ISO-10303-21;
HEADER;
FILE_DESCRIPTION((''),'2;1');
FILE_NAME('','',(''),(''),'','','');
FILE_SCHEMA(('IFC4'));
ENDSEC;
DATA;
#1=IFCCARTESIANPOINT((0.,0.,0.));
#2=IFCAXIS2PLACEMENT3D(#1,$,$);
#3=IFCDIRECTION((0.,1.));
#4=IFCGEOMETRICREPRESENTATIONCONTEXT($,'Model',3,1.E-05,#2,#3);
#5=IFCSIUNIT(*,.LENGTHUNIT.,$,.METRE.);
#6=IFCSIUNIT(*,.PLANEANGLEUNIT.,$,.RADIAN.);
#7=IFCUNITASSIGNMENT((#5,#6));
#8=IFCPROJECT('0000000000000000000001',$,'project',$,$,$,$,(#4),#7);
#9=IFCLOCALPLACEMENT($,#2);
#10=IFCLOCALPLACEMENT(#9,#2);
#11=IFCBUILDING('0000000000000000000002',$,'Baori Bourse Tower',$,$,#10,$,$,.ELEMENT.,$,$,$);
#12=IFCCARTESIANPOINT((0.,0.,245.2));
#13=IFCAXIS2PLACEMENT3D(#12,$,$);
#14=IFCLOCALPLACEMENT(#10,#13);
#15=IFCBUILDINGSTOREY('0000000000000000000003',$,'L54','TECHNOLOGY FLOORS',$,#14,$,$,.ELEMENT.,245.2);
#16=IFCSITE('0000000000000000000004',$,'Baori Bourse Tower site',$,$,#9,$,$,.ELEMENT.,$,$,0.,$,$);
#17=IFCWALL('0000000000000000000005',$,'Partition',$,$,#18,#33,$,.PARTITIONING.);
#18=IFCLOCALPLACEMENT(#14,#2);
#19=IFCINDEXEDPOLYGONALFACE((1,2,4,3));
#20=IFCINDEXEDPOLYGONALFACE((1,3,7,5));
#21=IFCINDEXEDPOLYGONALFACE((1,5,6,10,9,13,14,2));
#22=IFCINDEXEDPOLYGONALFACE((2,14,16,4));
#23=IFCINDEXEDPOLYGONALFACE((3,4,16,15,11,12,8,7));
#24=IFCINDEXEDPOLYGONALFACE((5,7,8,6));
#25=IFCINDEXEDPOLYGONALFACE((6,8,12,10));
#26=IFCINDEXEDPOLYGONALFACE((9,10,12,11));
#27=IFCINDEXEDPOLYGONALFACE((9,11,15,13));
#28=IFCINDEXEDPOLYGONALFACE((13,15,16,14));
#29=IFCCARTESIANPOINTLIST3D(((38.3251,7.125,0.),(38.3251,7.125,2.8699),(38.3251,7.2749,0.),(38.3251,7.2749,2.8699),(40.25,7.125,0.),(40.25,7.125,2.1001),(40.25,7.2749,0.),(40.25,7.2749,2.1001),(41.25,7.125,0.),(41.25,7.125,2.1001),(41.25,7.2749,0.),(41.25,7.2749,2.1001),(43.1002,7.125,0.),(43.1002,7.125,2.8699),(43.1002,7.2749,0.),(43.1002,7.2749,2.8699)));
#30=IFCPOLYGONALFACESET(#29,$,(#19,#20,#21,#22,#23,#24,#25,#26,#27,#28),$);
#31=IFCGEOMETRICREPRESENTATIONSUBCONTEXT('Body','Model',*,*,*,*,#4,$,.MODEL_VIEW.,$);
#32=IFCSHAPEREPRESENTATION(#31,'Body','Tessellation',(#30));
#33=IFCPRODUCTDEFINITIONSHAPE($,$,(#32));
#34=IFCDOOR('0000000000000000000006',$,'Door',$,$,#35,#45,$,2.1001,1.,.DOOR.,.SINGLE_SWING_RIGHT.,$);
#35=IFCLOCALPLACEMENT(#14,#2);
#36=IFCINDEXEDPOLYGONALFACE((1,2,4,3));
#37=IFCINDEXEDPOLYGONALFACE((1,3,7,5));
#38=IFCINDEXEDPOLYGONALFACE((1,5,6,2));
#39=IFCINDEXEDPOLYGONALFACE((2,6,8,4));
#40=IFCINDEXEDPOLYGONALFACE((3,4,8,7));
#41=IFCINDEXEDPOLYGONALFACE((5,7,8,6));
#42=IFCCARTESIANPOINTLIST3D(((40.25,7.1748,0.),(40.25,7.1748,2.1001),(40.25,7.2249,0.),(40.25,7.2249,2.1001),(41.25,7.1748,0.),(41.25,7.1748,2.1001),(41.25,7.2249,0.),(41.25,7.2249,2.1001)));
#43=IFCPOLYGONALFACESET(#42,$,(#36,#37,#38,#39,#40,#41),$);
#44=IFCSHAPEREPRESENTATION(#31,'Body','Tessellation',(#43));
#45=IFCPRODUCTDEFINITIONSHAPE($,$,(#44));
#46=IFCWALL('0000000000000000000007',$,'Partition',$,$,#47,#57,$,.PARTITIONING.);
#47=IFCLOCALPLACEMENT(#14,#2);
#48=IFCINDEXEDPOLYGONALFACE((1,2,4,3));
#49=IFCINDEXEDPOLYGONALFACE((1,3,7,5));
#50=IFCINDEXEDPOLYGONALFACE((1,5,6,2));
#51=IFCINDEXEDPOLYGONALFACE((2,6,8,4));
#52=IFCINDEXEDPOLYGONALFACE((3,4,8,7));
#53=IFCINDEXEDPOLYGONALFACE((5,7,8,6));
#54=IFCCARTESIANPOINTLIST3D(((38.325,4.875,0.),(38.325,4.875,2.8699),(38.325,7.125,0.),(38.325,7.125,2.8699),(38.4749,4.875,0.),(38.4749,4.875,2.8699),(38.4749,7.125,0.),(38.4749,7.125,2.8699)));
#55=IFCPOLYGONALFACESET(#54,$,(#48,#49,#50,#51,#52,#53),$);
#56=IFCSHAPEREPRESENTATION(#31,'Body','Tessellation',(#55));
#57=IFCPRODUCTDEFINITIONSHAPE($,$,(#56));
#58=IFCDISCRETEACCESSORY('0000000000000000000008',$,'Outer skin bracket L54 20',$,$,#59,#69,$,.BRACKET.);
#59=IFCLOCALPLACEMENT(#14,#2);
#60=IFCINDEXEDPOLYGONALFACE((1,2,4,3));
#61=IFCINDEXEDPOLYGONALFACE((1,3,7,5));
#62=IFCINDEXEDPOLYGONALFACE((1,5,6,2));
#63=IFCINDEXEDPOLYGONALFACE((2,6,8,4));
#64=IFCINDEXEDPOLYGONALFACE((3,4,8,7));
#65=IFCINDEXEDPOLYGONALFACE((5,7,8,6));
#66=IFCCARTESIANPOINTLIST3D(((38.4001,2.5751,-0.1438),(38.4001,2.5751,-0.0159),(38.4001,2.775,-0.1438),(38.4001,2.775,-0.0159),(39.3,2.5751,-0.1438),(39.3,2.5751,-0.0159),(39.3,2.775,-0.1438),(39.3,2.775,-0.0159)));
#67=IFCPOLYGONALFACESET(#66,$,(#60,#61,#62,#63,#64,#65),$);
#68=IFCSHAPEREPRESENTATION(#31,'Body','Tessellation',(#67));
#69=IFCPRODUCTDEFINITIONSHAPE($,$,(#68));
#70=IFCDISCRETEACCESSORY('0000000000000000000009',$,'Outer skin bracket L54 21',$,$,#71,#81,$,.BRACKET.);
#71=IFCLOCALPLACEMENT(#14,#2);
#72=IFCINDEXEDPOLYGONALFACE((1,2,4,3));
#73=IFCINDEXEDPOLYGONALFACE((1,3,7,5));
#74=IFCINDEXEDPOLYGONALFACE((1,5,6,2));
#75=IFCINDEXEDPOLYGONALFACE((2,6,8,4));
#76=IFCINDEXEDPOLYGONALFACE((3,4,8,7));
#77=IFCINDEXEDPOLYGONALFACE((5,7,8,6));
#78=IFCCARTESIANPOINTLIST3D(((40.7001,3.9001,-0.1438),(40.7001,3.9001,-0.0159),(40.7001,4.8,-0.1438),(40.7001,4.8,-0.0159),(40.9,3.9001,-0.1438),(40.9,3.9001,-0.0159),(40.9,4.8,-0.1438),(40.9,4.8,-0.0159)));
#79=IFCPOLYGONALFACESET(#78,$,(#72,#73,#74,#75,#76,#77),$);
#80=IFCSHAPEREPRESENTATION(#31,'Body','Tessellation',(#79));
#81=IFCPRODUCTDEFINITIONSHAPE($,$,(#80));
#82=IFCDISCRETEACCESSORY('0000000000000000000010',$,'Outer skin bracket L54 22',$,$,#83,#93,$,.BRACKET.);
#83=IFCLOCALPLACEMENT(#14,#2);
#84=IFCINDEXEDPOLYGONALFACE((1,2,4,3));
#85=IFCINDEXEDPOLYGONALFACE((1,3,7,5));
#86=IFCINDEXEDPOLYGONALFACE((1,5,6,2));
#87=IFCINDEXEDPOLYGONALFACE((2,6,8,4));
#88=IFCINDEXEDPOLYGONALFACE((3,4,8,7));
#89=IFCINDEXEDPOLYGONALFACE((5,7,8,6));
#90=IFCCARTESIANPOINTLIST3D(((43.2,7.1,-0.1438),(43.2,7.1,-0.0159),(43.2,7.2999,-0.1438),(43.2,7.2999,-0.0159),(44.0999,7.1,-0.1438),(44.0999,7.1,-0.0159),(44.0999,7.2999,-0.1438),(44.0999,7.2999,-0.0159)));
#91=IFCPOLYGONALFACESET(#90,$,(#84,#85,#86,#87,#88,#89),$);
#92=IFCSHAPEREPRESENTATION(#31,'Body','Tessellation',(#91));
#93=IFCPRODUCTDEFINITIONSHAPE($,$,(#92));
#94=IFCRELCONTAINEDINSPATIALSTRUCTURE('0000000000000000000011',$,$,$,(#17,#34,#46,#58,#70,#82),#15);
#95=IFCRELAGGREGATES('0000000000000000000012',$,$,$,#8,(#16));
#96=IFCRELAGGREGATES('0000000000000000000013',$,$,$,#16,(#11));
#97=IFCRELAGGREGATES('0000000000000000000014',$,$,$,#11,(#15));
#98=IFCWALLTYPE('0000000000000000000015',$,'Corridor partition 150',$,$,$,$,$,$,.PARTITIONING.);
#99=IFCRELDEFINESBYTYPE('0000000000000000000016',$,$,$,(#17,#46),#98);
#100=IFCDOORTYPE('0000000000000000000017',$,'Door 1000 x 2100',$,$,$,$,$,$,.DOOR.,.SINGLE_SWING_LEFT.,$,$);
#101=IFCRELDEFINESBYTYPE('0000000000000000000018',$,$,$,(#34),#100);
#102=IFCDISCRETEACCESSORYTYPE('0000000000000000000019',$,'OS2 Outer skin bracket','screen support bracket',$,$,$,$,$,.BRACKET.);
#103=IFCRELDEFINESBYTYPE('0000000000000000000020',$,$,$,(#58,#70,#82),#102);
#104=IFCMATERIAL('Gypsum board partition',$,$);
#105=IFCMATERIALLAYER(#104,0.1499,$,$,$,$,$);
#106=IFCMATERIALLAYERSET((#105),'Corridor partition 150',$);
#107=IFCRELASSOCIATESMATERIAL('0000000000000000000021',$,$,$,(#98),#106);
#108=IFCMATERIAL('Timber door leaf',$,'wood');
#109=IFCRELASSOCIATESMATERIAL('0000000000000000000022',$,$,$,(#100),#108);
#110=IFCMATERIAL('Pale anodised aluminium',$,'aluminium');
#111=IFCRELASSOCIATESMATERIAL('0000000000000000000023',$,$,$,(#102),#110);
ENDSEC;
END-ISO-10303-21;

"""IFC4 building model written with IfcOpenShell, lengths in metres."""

from ifc_helpers import new_model, si_unit, direction, frame, frame_2d, origin, origin_2d, place, context, subcontext, project, spatial, rectangle, extrude, material, layer, layer_set, type_object, element, fill, save


model = new_model("IFC4")

# Units and contexts
model_context = context("Model", 3, precision=1e-05, world=origin(), true_north=direction((0.0, 1.0)))
body_context = subcontext(model_context, "Body", "Model", "MODEL_VIEW")
ifc_project = project(units=[si_unit("LENGTHUNIT", "METRE"), si_unit("PLANEANGLEUNIT", "RADIAN")], contexts=[model_context])

# Site, building, storey
site_placement = place(None, origin())
site = spatial("IfcSite", under=ifc_project, at=site_placement, Name="Baori Bourse Tower site", CompositionType="ELEMENT", RefElevation=0.0)
building_placement = place(site_placement, origin())
building = spatial("IfcBuilding", under=site, at=building_placement, Name="Baori Bourse Tower", CompositionType="ELEMENT")
storey_placement = place(building_placement, frame((0.0, 0.0, 245.2)))
storey = spatial("IfcBuildingStorey", under=building, at=storey_placement, Name="L54", Description="TECHNOLOGY FLOORS", CompositionType="ELEMENT", Elevation=245.2)

# Wall, opening, door
ifc_material_1 = material(Name="Gypsum board partition")
ifc_layer_1 = layer(ifc_material_1, 0.1499)
ifc_layer_set_1 = layer_set([ifc_layer_1], Name="Corridor partition 150")
wall_type_1 = type_object("IfcWallType", Name="Corridor partition 150", PredefinedType="PARTITIONING", material=ifc_layer_set_1)
wall_1_placement = place(storey_placement, frame((38.325, 7.2, 0.0), z_axis=(0.0, 0.0, 1.0), x_axis=(1.0, 0.0, 0.0)))
wall_1 = element("IfcWall", 1, at=wall_1_placement, inside=storey, type_object=wall_type_1, Name="Partition", PredefinedType="PARTITIONING", context=body_context, shape_type="SweptSolid", body=[
    extrude(rectangle(XDim=4.7751, YDim=0.1499, at=frame_2d((2.3877, 0.0))), origin(), (0.0, 0.0, 1.0), 2.8699),
])
opening_1_placement = place(wall_1_placement, frame((1.925, 0.0, 0.0)))
opening_1 = element("IfcOpeningElement", 2, at=opening_1_placement, cuts=wall_1, PredefinedType="OPENING", context=body_context, shape_type="SweptSolid", body=[
    extrude(rectangle(XDim=1.0, YDim=2.1001, at=frame_2d((0.5, 1.05))), frame((0.0, 0.085, 0.0), z_axis=(0.0, -1.0, 0.0), x_axis=(1.0, 0.0, 0.0)), (0.0, 0.0, 1.0), 0.1699),
])
ifc_material_2 = material(Name="Timber door leaf", Category="wood")
door_type_1 = type_object("IfcDoorType", Name="Door 1000 x 2100", OperationType="SINGLE_SWING_LEFT", PredefinedType="DOOR", material=ifc_material_2)
door_1_placement = place(opening_1_placement, origin())
door_1 = element("IfcDoor", 3, at=door_1_placement, inside=storey, type_object=door_type_1, Name="Door", OperationType="SINGLE_SWING_RIGHT", OverallHeight=2.1001, OverallWidth=1.0, PredefinedType="DOOR", context=body_context, shape_type="SweptSolid", body=[
    extrude(rectangle(XDim=1.0, YDim=2.1001, at=frame_2d((0.5, 1.05))), frame((0.0, 0.0249, 0.0), z_axis=(0.0, -1.0, 0.0), x_axis=(1.0, 0.0, 0.0)), (0.0, 0.0, 1.0), 0.05),
])
fill(opening_1, door_1)

# Wall
wall_2_placement = place(storey_placement, frame((38.3999, 4.875, 0.0), z_axis=(0.0, 0.0, 1.0), x_axis=(0.0, 1.0, 0.0)))
element("IfcWall", 4, at=wall_2_placement, inside=storey, type_object=wall_type_1, Name="Partition", PredefinedType="PARTITIONING", context=body_context, shape_type="SweptSolid", body=[
    extrude(rectangle(XDim=2.25, YDim=0.1499, at=frame_2d((1.125, 0.0))), origin(), (0.0, 0.0, 1.0), 2.8699),
])

# Discrete accessories
ifc_material_3 = material(Name="Pale anodised aluminium", Category="aluminium")
discrete_accessory_type = type_object("IfcDiscreteAccessoryType", Name="OS2 Outer skin bracket", Description="screen support bracket", PredefinedType="BRACKET", material=ifc_material_3)
for number, where, z_axis, x_axis, name in (
    (5, (38.8501, 2.675, -0.1438), (0.0, 0.0, 1.0), (0.0, 1.0, 0.0), "Outer skin bracket L54 20"),
    (6, (40.8, 4.3501, -0.1438), (0.0, 0.0, 1.0), (1.0, 0.0, 0.0), "Outer skin bracket L54 21"),
    (7, (43.6499, 7.2, -0.1438), (0.0, 0.0, 1.0), (0.0, 1.0, 0.0), "Outer skin bracket L54 22"),
):
    element("IfcDiscreteAccessory", number, at=place(storey_placement, frame(where, z_axis=z_axis, x_axis=x_axis)), inside=storey, type_object=discrete_accessory_type, Name=name, PredefinedType="BRACKET", context=body_context, shape_type="SweptSolid", body=[
        extrude(rectangle(XDim=0.2, YDim=0.8999, at=origin_2d()), origin(), (0.0, 0.0, 1.0), 0.1279),
    ])

save(model, "model.ifc")
